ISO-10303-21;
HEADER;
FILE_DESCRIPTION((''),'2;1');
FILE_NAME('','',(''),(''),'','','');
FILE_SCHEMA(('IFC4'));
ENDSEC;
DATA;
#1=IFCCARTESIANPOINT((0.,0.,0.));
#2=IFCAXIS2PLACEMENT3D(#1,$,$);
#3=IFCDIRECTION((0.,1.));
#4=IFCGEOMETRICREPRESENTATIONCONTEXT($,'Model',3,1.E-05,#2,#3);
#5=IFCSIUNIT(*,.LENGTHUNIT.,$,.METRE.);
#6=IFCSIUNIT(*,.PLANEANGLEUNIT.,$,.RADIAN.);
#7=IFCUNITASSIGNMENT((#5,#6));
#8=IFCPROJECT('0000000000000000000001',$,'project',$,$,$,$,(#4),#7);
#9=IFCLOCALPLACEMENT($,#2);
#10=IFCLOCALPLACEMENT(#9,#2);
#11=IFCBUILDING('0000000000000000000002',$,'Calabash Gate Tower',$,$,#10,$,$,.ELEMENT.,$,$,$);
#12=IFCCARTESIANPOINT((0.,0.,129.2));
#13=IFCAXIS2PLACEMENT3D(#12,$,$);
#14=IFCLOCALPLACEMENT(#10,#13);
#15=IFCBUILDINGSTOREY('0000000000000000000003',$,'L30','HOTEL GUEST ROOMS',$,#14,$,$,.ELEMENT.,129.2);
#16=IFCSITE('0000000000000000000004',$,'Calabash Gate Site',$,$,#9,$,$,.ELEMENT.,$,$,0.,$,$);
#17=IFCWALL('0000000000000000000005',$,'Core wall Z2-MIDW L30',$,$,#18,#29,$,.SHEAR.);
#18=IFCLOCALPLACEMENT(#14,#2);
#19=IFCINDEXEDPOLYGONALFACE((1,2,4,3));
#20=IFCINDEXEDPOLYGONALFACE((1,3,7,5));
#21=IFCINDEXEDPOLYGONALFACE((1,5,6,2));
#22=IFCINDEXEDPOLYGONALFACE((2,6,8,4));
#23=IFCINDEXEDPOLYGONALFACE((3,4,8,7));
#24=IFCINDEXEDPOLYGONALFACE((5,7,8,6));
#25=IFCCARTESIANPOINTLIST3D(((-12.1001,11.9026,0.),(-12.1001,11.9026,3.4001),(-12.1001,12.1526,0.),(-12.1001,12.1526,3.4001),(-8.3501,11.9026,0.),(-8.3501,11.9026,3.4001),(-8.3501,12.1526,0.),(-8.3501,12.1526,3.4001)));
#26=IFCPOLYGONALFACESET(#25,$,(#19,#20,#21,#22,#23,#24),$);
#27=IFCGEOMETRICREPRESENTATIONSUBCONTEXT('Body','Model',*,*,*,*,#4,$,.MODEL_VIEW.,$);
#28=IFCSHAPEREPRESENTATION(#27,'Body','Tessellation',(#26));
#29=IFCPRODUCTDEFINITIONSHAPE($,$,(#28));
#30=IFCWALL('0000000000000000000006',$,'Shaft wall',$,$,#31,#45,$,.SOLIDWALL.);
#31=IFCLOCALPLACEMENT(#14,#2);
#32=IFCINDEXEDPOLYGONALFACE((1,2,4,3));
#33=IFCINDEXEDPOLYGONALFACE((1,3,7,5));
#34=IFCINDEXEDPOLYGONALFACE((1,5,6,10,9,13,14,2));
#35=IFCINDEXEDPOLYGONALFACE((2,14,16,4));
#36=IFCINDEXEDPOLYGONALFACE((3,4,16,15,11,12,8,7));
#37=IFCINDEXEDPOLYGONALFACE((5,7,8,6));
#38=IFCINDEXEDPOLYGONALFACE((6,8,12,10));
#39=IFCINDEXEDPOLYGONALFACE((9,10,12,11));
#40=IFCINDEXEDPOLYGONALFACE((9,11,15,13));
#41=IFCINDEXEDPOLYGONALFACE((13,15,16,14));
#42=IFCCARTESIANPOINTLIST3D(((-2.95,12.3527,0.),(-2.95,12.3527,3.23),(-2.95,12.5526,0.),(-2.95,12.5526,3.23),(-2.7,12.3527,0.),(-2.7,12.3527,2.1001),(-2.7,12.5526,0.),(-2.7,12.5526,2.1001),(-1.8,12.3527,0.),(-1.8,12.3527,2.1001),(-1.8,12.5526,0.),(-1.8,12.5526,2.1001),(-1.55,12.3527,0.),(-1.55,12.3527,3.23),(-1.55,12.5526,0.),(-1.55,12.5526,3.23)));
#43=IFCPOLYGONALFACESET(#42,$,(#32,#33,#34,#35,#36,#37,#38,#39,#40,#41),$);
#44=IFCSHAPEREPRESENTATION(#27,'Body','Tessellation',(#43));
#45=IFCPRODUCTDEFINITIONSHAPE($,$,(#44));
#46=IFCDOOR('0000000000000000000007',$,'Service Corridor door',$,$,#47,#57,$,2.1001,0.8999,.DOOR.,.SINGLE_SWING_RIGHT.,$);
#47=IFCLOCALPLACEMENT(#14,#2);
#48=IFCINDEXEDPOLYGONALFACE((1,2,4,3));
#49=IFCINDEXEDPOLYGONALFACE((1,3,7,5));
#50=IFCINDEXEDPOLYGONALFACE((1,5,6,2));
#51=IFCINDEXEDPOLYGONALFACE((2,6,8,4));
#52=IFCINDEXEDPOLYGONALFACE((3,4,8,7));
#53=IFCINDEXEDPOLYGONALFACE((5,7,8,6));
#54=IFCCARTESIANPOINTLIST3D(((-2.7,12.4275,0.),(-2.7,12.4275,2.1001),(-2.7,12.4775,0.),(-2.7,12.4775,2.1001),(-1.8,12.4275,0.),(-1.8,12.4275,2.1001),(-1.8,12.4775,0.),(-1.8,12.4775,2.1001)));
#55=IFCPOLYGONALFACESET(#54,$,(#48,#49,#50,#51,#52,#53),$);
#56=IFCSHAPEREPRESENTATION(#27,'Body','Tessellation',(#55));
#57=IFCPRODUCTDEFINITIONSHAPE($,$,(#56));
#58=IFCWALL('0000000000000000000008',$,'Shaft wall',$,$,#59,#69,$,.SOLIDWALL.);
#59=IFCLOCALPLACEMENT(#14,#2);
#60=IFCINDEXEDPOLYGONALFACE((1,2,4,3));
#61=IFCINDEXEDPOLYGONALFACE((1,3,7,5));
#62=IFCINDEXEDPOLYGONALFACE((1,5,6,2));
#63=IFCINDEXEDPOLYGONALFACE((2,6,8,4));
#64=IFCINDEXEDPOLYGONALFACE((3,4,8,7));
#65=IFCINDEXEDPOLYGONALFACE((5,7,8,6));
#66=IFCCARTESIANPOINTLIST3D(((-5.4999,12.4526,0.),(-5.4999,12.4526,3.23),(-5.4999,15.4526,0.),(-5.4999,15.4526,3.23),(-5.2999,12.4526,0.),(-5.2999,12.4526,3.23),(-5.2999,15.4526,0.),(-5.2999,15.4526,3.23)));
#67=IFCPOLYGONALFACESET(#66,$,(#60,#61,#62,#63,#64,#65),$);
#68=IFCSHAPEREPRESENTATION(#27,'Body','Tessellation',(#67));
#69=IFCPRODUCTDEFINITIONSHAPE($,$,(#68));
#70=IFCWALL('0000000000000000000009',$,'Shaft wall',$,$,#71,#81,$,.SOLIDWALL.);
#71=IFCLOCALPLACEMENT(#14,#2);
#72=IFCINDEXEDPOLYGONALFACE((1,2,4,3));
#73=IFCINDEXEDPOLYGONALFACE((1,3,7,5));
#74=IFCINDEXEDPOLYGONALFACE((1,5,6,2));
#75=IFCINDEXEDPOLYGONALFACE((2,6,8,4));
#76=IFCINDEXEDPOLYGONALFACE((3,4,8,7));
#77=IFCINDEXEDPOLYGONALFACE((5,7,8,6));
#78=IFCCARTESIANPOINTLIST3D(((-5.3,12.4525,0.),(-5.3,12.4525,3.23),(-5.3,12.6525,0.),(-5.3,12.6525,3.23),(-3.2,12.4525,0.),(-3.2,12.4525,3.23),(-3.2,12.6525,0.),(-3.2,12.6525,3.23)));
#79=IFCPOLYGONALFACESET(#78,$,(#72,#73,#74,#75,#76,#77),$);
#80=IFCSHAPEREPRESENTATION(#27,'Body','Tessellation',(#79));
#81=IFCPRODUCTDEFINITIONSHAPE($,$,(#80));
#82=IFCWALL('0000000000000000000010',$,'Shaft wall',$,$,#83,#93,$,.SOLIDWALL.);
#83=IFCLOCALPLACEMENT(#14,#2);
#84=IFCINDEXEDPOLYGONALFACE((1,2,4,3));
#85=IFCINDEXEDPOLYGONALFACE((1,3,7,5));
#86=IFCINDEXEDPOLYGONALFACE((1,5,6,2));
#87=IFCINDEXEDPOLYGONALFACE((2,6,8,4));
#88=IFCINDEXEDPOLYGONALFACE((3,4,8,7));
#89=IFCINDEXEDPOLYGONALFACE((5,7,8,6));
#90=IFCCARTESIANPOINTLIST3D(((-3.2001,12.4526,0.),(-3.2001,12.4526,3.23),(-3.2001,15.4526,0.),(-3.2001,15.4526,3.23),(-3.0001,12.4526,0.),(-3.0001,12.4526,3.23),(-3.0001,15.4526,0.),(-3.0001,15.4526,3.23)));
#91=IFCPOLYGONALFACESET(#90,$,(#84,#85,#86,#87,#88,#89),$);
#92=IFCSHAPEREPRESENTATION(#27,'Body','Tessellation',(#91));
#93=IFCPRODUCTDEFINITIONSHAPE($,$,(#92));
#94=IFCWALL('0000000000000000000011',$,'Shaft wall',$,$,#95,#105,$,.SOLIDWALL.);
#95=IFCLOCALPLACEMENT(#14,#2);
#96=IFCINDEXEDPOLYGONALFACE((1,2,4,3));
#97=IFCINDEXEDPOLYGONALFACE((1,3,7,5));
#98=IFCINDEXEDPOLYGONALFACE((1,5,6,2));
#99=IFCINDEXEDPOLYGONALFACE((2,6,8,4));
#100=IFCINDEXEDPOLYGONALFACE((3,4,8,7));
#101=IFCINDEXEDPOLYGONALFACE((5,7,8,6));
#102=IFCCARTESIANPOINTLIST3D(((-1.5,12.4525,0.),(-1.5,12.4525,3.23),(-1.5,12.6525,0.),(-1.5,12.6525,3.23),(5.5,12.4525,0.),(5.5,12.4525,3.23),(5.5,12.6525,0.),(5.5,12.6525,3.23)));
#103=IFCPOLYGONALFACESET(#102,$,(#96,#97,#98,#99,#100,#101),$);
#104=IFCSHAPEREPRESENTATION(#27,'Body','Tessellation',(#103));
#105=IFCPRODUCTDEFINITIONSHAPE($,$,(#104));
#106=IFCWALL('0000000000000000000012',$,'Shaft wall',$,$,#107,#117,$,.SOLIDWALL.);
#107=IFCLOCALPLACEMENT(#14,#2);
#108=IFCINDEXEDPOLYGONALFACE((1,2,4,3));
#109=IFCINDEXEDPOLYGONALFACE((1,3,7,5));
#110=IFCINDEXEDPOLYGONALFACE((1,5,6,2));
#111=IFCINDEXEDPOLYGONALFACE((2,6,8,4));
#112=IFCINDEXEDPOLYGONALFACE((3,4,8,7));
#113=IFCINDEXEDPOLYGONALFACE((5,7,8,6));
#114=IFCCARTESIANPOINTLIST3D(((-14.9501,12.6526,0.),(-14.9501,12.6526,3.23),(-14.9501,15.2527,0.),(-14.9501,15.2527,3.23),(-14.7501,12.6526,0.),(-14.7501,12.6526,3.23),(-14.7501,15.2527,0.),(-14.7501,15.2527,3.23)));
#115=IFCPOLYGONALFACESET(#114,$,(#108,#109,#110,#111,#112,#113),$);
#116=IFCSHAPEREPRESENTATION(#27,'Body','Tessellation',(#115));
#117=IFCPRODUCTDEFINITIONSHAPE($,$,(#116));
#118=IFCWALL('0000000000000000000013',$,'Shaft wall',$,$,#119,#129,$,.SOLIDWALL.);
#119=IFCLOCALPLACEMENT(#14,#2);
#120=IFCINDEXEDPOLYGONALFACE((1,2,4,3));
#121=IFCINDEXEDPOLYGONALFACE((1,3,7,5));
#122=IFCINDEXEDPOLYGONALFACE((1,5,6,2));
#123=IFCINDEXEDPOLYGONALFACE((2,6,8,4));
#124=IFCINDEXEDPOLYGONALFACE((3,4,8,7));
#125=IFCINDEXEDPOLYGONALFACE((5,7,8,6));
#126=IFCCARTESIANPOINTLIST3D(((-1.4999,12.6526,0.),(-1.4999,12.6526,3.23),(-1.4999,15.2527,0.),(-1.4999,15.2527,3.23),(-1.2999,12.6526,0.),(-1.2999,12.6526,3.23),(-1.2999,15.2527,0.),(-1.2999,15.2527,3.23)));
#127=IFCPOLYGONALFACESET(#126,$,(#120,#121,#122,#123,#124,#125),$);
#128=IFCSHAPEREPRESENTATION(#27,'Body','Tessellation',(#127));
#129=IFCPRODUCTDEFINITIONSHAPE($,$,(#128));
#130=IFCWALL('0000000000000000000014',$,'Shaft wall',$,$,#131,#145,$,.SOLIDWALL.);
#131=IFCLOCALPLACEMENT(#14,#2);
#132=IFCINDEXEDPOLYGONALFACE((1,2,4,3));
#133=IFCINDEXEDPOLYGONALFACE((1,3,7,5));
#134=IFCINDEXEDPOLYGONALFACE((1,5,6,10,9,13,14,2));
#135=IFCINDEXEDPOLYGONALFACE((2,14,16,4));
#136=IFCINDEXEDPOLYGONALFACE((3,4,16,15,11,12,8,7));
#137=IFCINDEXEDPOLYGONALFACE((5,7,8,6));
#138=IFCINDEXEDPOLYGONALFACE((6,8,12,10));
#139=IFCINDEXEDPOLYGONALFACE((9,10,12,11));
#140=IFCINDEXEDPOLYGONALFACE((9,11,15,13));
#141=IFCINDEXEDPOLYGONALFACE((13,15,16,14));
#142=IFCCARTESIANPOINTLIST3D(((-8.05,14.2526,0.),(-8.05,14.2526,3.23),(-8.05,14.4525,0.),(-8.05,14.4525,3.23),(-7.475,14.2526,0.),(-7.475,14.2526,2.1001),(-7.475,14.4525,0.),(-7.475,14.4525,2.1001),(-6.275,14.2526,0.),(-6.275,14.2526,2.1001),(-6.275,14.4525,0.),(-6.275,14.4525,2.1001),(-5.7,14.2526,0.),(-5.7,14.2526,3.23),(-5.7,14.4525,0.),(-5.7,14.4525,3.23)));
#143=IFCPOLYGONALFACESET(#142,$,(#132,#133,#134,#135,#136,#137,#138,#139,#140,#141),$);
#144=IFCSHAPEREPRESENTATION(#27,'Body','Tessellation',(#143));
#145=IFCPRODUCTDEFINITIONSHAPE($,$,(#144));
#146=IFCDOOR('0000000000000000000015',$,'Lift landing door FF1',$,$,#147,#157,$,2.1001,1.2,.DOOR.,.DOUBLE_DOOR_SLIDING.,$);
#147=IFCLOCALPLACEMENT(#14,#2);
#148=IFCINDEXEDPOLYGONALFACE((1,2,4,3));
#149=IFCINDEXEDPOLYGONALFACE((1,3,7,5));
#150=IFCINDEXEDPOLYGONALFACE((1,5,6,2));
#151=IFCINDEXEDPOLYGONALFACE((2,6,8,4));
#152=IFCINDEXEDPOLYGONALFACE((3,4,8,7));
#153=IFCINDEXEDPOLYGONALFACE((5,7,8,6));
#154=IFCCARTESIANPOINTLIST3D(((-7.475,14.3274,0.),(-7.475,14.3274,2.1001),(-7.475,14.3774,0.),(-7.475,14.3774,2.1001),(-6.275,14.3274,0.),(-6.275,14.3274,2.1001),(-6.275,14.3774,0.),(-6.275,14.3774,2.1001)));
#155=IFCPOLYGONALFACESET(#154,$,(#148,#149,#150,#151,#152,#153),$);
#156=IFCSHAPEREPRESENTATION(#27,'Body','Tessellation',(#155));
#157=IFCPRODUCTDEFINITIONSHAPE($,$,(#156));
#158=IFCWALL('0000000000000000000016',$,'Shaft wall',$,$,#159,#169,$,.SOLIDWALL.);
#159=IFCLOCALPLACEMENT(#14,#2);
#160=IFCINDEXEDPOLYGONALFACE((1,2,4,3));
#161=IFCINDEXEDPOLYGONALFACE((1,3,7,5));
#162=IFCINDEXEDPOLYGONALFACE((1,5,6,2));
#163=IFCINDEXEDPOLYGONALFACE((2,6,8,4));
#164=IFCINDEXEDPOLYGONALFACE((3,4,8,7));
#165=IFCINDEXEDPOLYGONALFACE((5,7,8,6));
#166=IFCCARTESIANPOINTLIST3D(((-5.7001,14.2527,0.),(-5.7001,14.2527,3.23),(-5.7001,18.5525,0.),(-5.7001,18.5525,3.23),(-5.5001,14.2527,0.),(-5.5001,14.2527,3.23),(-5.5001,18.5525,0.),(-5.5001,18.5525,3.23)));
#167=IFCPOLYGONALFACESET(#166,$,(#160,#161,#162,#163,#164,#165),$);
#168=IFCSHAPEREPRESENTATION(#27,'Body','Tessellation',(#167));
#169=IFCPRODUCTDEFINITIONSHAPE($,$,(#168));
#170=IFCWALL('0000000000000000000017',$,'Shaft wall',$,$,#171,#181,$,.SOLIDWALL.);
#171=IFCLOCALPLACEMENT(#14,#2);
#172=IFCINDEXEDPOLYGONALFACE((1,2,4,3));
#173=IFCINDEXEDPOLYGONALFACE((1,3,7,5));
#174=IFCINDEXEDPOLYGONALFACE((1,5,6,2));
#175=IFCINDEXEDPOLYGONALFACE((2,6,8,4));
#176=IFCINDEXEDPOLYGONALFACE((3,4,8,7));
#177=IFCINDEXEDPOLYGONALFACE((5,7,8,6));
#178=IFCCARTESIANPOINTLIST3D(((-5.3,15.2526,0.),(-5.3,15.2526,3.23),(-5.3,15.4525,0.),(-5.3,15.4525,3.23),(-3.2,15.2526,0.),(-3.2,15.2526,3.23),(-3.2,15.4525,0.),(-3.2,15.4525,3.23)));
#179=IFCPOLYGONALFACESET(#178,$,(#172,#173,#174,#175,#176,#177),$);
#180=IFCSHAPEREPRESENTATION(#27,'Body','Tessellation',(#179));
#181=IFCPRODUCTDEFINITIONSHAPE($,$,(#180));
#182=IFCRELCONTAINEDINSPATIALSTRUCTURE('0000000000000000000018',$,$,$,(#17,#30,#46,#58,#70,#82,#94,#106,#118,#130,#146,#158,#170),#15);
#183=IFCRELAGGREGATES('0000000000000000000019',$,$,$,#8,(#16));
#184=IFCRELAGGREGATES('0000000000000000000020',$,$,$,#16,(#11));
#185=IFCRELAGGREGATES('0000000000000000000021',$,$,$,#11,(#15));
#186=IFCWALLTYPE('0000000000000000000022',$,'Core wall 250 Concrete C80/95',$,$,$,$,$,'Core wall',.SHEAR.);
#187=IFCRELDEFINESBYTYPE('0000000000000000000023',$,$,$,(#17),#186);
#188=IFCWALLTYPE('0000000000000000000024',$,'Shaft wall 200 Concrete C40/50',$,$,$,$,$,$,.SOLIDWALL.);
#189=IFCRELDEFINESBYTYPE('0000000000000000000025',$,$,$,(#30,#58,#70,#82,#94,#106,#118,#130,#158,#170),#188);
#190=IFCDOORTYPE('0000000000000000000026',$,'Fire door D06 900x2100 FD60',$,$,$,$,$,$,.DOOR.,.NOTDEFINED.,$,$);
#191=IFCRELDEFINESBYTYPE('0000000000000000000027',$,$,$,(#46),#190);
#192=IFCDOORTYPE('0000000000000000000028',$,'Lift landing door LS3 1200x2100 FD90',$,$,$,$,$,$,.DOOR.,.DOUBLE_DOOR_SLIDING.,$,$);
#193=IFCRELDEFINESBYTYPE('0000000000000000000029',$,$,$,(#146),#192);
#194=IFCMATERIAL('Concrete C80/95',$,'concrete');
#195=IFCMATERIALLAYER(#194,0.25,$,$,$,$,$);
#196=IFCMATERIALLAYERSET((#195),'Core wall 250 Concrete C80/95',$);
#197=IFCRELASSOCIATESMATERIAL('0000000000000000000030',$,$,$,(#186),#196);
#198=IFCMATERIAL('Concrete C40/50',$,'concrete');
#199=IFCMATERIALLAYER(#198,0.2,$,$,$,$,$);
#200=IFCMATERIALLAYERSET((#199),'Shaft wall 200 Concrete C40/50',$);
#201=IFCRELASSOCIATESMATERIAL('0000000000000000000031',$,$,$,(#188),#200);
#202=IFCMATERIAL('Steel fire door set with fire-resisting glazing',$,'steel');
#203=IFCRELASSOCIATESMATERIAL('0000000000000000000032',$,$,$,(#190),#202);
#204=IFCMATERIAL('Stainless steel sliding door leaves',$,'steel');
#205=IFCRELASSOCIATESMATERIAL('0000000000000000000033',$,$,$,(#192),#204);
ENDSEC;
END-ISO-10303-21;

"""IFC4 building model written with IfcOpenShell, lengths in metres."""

from ifc_helpers import new_model, si_unit, direction, frame, frame_2d, origin, place, context, subcontext, project, spatial, rectangle, extrude, material, layer, layer_set, type_object, element, fill, save


model = new_model("IFC4")

# Units and contexts
model_context = context("Model", 3, precision=1e-05, world=origin(), true_north=direction((0.0, 1.0)))
body_context = subcontext(model_context, "Body", "Model", "MODEL_VIEW")
ifc_project = project(units=[si_unit("LENGTHUNIT", "METRE"), si_unit("PLANEANGLEUNIT", "RADIAN")], contexts=[model_context])

# Site, building, storey
site_placement = place(None, origin())
site = spatial("IfcSite", under=ifc_project, at=site_placement, Name="Calabash Gate Site", CompositionType="ELEMENT", RefElevation=0.0)
building_placement = place(site_placement, origin())
building = spatial("IfcBuilding", under=site, at=building_placement, Name="Calabash Gate Tower", CompositionType="ELEMENT")
storey_placement = place(building_placement, frame((0.0, 0.0, 129.2)))
storey = spatial("IfcBuildingStorey", under=building, at=storey_placement, Name="L30", Description="HOTEL GUEST ROOMS", CompositionType="ELEMENT", Elevation=129.2)

# Wall
ifc_material_1 = material(Name="Concrete C80/95", Category="concrete")
ifc_layer_1 = layer(ifc_material_1, 0.25)
ifc_layer_set_1 = layer_set([ifc_layer_1], Name="Core wall 250 Concrete C80/95")
wall_type_1 = type_object("IfcWallType", Name="Core wall 250 Concrete C80/95", ElementType="Core wall", PredefinedType="SHEAR", material=ifc_layer_set_1)
wall_1_placement = place(storey_placement, frame((-12.1001, 12.0276, 0.0), z_axis=(0.0, 0.0, 1.0), x_axis=(1.0, 0.0, 0.0)))
element("IfcWall", 1, at=wall_1_placement, inside=storey, type_object=wall_type_1, Name="Core wall Z2-MIDW L30", PredefinedType="SHEAR", context=body_context, shape_type="SweptSolid", body=[
    extrude(rectangle(XDim=3.75, YDim=0.25, at=frame_2d((1.875, 0.0))), origin(), (0.0, 0.0, 1.0), 3.4001),
])

# Wall, opening, door
ifc_material_2 = material(Name="Concrete C40/50", Category="concrete")
ifc_layer_2 = layer(ifc_material_2, 0.2)
ifc_layer_set_2 = layer_set([ifc_layer_2], Name="Shaft wall 200 Concrete C40/50")
wall_type_2 = type_object("IfcWallType", Name="Shaft wall 200 Concrete C40/50", PredefinedType="SOLIDWALL", material=ifc_layer_set_2)
wall_2_placement = place(storey_placement, frame((-2.95, 12.4526, 0.0), z_axis=(0.0, 0.0, 1.0), x_axis=(1.0, 0.0, 0.0)))
wall_2 = element("IfcWall", 2, at=wall_2_placement, inside=storey, type_object=wall_type_2, Name="Shaft wall", PredefinedType="SOLIDWALL", context=body_context, shape_type="SweptSolid", body=[
    extrude(rectangle(XDim=1.3999, YDim=0.2, at=frame_2d((0.7, 0.0))), origin(), (0.0, 0.0, 1.0), 3.23),
])
opening_1_placement = place(wall_2_placement, frame((0.25, 0.0, 0.0)))
opening_1 = element("IfcOpeningElement", 3, at=opening_1_placement, cuts=wall_2, PredefinedType="OPENING", context=body_context, shape_type="SweptSolid", body=[
    extrude(rectangle(XDim=0.8999, YDim=2.1001, at=frame_2d((0.45, 1.05))), frame((0.0, 0.1099, 0.0), z_axis=(0.0, -1.0, 0.0), x_axis=(1.0, 0.0, 0.0)), (0.0, 0.0, 1.0), 0.22),
])
ifc_material_3 = material(Name="Steel fire door set with fire-resisting glazing", Category="steel")
door_type_1 = type_object("IfcDoorType", Name="Fire door D06 900x2100 FD60", OperationType="NOTDEFINED", PredefinedType="DOOR", material=ifc_material_3)
door_1_placement = place(opening_1_placement, origin())
door_1 = element("IfcDoor", 4, at=door_1_placement, inside=storey, type_object=door_type_1, Name="Service Corridor door", OperationType="SINGLE_SWING_RIGHT", OverallHeight=2.1001, OverallWidth=0.8999, PredefinedType="DOOR", context=body_context, shape_type="SweptSolid", body=[
    extrude(rectangle(XDim=0.8999, YDim=2.1001, at=frame_2d((0.45, 1.05))), frame((0.0, 0.0249, 0.0), z_axis=(0.0, -1.0, 0.0), x_axis=(1.0, 0.0, 0.0)), (0.0, 0.0, 1.0), 0.05),
])
fill(opening_1, door_1)

# Walls
wall_3_placement = place(storey_placement, frame((-5.3999, 12.4526, 0.0), z_axis=(0.0, 0.0, 1.0), x_axis=(0.0, 1.0, 0.0)))
element("IfcWall", 5, at=wall_3_placement, inside=storey, type_object=wall_type_2, Name="Shaft wall", PredefinedType="SOLIDWALL", context=body_context, shape_type="SweptSolid", body=[
    extrude(rectangle(XDim=3.0, YDim=0.2, at=frame_2d((1.5, 0.0))), origin(), (0.0, 0.0, 1.0), 3.23),
])
wall_4_placement = place(storey_placement, frame((-5.3, 12.5525, 0.0), z_axis=(0.0, 0.0, 1.0), x_axis=(1.0, 0.0, 0.0)))
element("IfcWall", 6, at=wall_4_placement, inside=storey, type_object=wall_type_2, Name="Shaft wall", PredefinedType="SOLIDWALL", context=body_context, shape_type="SweptSolid", body=[
    extrude(rectangle(XDim=2.1001, YDim=0.2, at=frame_2d((1.05, 0.0))), origin(), (0.0, 0.0, 1.0), 3.23),
])
wall_5_placement = place(storey_placement, frame((-3.1001, 12.4526, 0.0), z_axis=(0.0, 0.0, 1.0), x_axis=(0.0, 1.0, 0.0)))
element("IfcWall", 7, at=wall_5_placement, inside=storey, type_object=wall_type_2, Name="Shaft wall", PredefinedType="SOLIDWALL", context=body_context, shape_type="SweptSolid", body=[
    extrude(rectangle(XDim=3.0, YDim=0.2, at=frame_2d((1.5, 0.0))), origin(), (0.0, 0.0, 1.0), 3.23),
])
wall_6_placement = place(storey_placement, frame((-1.5, 12.5525, 0.0), z_axis=(0.0, 0.0, 1.0), x_axis=(1.0, 0.0, 0.0)))
element("IfcWall", 8, at=wall_6_placement, inside=storey, type_object=wall_type_2, Name="Shaft wall", PredefinedType="SOLIDWALL", context=body_context, shape_type="SweptSolid", body=[
    extrude(rectangle(XDim=7.0, YDim=0.2, at=frame_2d((3.5, 0.0))), origin(), (0.0, 0.0, 1.0), 3.23),
])
for number, where, z_axis, x_axis, name in (
    (9, (-14.8501, 12.6526, 0.0), (0.0, 0.0, 1.0), (0.0, 1.0, 0.0), "Shaft wall"),
    (10, (-1.3999, 12.6526, 0.0), (0.0, 0.0, 1.0), (0.0, 1.0, 0.0), "Shaft wall"),
):
    element("IfcWall", number, at=place(storey_placement, frame(where, z_axis=z_axis, x_axis=x_axis)), inside=storey, type_object=wall_type_2, Name=name, PredefinedType="SOLIDWALL", context=body_context, shape_type="SweptSolid", body=[
        extrude(rectangle(XDim=2.6001, YDim=0.2, at=frame_2d((1.3, 0.0))), origin(), (0.0, 0.0, 1.0), 3.23),
    ])

# Wall, opening, door
wall_7_placement = place(storey_placement, frame((-8.05, 14.3525, 0.0), z_axis=(0.0, 0.0, 1.0), x_axis=(1.0, 0.0, 0.0)))
wall_7 = element("IfcWall", 11, at=wall_7_placement, inside=storey, type_object=wall_type_2, Name="Shaft wall", PredefinedType="SOLIDWALL", context=body_context, shape_type="SweptSolid", body=[
    extrude(rectangle(XDim=2.3501, YDim=0.2, at=frame_2d((1.175, 0.0))), origin(), (0.0, 0.0, 1.0), 3.23),
])
opening_2_placement = place(wall_7_placement, frame((0.575, 0.0, 0.0)))
opening_2 = element("IfcOpeningElement", 12, at=opening_2_placement, cuts=wall_7, PredefinedType="OPENING", context=body_context, shape_type="SweptSolid", body=[
    extrude(rectangle(XDim=1.2, YDim=2.1001, at=frame_2d((0.6001, 1.05))), frame((0.0, 0.1099, 0.0), z_axis=(0.0, -1.0, 0.0), x_axis=(1.0, 0.0, 0.0)), (0.0, 0.0, 1.0), 0.22),
])
ifc_material_4 = material(Name="Stainless steel sliding door leaves", Category="steel")
door_type_2 = type_object("IfcDoorType", Name="Lift landing door LS3 1200x2100 FD90", OperationType="DOUBLE_DOOR_SLIDING", PredefinedType="DOOR", material=ifc_material_4)
door_2_placement = place(opening_2_placement, origin())
door_2 = element("IfcDoor", 13, at=door_2_placement, inside=storey, type_object=door_type_2, Name="Lift landing door FF1", OperationType="DOUBLE_DOOR_SLIDING", OverallHeight=2.1001, OverallWidth=1.2, PredefinedType="DOOR", context=body_context, shape_type="SweptSolid", body=[
    extrude(rectangle(XDim=1.2, YDim=2.1001, at=frame_2d((0.6001, 1.05))), frame((0.0, 0.0249, 0.0), z_axis=(0.0, -1.0, 0.0), x_axis=(1.0, 0.0, 0.0)), (0.0, 0.0, 1.0), 0.05),
])
fill(opening_2, door_2)

# Walls
wall_8_placement = place(storey_placement, frame((-5.6001, 14.2527, 0.0), z_axis=(0.0, 0.0, 1.0), x_axis=(0.0, 1.0, 0.0)))
element("IfcWall", 14, at=wall_8_placement, inside=storey, type_object=wall_type_2, Name="Shaft wall", PredefinedType="SOLIDWALL", context=body_context, shape_type="SweptSolid", body=[
    extrude(rectangle(XDim=4.2998, YDim=0.2, at=frame_2d((2.1499, 0.0))), origin(), (0.0, 0.0, 1.0), 3.23),
])
wall_9_placement = place(storey_placement, frame((-5.3, 15.3525, 0.0), z_axis=(0.0, 0.0, 1.0), x_axis=(1.0, 0.0, 0.0)))
element("IfcWall", 15, at=wall_9_placement, inside=storey, type_object=wall_type_2, Name="Shaft wall", PredefinedType="SOLIDWALL", context=body_context, shape_type="SweptSolid", body=[
    extrude(rectangle(XDim=2.1001, YDim=0.2, at=frame_2d((1.05, 0.0))), origin(), (0.0, 0.0, 1.0), 3.23),
])

save(model, "model.ifc")
